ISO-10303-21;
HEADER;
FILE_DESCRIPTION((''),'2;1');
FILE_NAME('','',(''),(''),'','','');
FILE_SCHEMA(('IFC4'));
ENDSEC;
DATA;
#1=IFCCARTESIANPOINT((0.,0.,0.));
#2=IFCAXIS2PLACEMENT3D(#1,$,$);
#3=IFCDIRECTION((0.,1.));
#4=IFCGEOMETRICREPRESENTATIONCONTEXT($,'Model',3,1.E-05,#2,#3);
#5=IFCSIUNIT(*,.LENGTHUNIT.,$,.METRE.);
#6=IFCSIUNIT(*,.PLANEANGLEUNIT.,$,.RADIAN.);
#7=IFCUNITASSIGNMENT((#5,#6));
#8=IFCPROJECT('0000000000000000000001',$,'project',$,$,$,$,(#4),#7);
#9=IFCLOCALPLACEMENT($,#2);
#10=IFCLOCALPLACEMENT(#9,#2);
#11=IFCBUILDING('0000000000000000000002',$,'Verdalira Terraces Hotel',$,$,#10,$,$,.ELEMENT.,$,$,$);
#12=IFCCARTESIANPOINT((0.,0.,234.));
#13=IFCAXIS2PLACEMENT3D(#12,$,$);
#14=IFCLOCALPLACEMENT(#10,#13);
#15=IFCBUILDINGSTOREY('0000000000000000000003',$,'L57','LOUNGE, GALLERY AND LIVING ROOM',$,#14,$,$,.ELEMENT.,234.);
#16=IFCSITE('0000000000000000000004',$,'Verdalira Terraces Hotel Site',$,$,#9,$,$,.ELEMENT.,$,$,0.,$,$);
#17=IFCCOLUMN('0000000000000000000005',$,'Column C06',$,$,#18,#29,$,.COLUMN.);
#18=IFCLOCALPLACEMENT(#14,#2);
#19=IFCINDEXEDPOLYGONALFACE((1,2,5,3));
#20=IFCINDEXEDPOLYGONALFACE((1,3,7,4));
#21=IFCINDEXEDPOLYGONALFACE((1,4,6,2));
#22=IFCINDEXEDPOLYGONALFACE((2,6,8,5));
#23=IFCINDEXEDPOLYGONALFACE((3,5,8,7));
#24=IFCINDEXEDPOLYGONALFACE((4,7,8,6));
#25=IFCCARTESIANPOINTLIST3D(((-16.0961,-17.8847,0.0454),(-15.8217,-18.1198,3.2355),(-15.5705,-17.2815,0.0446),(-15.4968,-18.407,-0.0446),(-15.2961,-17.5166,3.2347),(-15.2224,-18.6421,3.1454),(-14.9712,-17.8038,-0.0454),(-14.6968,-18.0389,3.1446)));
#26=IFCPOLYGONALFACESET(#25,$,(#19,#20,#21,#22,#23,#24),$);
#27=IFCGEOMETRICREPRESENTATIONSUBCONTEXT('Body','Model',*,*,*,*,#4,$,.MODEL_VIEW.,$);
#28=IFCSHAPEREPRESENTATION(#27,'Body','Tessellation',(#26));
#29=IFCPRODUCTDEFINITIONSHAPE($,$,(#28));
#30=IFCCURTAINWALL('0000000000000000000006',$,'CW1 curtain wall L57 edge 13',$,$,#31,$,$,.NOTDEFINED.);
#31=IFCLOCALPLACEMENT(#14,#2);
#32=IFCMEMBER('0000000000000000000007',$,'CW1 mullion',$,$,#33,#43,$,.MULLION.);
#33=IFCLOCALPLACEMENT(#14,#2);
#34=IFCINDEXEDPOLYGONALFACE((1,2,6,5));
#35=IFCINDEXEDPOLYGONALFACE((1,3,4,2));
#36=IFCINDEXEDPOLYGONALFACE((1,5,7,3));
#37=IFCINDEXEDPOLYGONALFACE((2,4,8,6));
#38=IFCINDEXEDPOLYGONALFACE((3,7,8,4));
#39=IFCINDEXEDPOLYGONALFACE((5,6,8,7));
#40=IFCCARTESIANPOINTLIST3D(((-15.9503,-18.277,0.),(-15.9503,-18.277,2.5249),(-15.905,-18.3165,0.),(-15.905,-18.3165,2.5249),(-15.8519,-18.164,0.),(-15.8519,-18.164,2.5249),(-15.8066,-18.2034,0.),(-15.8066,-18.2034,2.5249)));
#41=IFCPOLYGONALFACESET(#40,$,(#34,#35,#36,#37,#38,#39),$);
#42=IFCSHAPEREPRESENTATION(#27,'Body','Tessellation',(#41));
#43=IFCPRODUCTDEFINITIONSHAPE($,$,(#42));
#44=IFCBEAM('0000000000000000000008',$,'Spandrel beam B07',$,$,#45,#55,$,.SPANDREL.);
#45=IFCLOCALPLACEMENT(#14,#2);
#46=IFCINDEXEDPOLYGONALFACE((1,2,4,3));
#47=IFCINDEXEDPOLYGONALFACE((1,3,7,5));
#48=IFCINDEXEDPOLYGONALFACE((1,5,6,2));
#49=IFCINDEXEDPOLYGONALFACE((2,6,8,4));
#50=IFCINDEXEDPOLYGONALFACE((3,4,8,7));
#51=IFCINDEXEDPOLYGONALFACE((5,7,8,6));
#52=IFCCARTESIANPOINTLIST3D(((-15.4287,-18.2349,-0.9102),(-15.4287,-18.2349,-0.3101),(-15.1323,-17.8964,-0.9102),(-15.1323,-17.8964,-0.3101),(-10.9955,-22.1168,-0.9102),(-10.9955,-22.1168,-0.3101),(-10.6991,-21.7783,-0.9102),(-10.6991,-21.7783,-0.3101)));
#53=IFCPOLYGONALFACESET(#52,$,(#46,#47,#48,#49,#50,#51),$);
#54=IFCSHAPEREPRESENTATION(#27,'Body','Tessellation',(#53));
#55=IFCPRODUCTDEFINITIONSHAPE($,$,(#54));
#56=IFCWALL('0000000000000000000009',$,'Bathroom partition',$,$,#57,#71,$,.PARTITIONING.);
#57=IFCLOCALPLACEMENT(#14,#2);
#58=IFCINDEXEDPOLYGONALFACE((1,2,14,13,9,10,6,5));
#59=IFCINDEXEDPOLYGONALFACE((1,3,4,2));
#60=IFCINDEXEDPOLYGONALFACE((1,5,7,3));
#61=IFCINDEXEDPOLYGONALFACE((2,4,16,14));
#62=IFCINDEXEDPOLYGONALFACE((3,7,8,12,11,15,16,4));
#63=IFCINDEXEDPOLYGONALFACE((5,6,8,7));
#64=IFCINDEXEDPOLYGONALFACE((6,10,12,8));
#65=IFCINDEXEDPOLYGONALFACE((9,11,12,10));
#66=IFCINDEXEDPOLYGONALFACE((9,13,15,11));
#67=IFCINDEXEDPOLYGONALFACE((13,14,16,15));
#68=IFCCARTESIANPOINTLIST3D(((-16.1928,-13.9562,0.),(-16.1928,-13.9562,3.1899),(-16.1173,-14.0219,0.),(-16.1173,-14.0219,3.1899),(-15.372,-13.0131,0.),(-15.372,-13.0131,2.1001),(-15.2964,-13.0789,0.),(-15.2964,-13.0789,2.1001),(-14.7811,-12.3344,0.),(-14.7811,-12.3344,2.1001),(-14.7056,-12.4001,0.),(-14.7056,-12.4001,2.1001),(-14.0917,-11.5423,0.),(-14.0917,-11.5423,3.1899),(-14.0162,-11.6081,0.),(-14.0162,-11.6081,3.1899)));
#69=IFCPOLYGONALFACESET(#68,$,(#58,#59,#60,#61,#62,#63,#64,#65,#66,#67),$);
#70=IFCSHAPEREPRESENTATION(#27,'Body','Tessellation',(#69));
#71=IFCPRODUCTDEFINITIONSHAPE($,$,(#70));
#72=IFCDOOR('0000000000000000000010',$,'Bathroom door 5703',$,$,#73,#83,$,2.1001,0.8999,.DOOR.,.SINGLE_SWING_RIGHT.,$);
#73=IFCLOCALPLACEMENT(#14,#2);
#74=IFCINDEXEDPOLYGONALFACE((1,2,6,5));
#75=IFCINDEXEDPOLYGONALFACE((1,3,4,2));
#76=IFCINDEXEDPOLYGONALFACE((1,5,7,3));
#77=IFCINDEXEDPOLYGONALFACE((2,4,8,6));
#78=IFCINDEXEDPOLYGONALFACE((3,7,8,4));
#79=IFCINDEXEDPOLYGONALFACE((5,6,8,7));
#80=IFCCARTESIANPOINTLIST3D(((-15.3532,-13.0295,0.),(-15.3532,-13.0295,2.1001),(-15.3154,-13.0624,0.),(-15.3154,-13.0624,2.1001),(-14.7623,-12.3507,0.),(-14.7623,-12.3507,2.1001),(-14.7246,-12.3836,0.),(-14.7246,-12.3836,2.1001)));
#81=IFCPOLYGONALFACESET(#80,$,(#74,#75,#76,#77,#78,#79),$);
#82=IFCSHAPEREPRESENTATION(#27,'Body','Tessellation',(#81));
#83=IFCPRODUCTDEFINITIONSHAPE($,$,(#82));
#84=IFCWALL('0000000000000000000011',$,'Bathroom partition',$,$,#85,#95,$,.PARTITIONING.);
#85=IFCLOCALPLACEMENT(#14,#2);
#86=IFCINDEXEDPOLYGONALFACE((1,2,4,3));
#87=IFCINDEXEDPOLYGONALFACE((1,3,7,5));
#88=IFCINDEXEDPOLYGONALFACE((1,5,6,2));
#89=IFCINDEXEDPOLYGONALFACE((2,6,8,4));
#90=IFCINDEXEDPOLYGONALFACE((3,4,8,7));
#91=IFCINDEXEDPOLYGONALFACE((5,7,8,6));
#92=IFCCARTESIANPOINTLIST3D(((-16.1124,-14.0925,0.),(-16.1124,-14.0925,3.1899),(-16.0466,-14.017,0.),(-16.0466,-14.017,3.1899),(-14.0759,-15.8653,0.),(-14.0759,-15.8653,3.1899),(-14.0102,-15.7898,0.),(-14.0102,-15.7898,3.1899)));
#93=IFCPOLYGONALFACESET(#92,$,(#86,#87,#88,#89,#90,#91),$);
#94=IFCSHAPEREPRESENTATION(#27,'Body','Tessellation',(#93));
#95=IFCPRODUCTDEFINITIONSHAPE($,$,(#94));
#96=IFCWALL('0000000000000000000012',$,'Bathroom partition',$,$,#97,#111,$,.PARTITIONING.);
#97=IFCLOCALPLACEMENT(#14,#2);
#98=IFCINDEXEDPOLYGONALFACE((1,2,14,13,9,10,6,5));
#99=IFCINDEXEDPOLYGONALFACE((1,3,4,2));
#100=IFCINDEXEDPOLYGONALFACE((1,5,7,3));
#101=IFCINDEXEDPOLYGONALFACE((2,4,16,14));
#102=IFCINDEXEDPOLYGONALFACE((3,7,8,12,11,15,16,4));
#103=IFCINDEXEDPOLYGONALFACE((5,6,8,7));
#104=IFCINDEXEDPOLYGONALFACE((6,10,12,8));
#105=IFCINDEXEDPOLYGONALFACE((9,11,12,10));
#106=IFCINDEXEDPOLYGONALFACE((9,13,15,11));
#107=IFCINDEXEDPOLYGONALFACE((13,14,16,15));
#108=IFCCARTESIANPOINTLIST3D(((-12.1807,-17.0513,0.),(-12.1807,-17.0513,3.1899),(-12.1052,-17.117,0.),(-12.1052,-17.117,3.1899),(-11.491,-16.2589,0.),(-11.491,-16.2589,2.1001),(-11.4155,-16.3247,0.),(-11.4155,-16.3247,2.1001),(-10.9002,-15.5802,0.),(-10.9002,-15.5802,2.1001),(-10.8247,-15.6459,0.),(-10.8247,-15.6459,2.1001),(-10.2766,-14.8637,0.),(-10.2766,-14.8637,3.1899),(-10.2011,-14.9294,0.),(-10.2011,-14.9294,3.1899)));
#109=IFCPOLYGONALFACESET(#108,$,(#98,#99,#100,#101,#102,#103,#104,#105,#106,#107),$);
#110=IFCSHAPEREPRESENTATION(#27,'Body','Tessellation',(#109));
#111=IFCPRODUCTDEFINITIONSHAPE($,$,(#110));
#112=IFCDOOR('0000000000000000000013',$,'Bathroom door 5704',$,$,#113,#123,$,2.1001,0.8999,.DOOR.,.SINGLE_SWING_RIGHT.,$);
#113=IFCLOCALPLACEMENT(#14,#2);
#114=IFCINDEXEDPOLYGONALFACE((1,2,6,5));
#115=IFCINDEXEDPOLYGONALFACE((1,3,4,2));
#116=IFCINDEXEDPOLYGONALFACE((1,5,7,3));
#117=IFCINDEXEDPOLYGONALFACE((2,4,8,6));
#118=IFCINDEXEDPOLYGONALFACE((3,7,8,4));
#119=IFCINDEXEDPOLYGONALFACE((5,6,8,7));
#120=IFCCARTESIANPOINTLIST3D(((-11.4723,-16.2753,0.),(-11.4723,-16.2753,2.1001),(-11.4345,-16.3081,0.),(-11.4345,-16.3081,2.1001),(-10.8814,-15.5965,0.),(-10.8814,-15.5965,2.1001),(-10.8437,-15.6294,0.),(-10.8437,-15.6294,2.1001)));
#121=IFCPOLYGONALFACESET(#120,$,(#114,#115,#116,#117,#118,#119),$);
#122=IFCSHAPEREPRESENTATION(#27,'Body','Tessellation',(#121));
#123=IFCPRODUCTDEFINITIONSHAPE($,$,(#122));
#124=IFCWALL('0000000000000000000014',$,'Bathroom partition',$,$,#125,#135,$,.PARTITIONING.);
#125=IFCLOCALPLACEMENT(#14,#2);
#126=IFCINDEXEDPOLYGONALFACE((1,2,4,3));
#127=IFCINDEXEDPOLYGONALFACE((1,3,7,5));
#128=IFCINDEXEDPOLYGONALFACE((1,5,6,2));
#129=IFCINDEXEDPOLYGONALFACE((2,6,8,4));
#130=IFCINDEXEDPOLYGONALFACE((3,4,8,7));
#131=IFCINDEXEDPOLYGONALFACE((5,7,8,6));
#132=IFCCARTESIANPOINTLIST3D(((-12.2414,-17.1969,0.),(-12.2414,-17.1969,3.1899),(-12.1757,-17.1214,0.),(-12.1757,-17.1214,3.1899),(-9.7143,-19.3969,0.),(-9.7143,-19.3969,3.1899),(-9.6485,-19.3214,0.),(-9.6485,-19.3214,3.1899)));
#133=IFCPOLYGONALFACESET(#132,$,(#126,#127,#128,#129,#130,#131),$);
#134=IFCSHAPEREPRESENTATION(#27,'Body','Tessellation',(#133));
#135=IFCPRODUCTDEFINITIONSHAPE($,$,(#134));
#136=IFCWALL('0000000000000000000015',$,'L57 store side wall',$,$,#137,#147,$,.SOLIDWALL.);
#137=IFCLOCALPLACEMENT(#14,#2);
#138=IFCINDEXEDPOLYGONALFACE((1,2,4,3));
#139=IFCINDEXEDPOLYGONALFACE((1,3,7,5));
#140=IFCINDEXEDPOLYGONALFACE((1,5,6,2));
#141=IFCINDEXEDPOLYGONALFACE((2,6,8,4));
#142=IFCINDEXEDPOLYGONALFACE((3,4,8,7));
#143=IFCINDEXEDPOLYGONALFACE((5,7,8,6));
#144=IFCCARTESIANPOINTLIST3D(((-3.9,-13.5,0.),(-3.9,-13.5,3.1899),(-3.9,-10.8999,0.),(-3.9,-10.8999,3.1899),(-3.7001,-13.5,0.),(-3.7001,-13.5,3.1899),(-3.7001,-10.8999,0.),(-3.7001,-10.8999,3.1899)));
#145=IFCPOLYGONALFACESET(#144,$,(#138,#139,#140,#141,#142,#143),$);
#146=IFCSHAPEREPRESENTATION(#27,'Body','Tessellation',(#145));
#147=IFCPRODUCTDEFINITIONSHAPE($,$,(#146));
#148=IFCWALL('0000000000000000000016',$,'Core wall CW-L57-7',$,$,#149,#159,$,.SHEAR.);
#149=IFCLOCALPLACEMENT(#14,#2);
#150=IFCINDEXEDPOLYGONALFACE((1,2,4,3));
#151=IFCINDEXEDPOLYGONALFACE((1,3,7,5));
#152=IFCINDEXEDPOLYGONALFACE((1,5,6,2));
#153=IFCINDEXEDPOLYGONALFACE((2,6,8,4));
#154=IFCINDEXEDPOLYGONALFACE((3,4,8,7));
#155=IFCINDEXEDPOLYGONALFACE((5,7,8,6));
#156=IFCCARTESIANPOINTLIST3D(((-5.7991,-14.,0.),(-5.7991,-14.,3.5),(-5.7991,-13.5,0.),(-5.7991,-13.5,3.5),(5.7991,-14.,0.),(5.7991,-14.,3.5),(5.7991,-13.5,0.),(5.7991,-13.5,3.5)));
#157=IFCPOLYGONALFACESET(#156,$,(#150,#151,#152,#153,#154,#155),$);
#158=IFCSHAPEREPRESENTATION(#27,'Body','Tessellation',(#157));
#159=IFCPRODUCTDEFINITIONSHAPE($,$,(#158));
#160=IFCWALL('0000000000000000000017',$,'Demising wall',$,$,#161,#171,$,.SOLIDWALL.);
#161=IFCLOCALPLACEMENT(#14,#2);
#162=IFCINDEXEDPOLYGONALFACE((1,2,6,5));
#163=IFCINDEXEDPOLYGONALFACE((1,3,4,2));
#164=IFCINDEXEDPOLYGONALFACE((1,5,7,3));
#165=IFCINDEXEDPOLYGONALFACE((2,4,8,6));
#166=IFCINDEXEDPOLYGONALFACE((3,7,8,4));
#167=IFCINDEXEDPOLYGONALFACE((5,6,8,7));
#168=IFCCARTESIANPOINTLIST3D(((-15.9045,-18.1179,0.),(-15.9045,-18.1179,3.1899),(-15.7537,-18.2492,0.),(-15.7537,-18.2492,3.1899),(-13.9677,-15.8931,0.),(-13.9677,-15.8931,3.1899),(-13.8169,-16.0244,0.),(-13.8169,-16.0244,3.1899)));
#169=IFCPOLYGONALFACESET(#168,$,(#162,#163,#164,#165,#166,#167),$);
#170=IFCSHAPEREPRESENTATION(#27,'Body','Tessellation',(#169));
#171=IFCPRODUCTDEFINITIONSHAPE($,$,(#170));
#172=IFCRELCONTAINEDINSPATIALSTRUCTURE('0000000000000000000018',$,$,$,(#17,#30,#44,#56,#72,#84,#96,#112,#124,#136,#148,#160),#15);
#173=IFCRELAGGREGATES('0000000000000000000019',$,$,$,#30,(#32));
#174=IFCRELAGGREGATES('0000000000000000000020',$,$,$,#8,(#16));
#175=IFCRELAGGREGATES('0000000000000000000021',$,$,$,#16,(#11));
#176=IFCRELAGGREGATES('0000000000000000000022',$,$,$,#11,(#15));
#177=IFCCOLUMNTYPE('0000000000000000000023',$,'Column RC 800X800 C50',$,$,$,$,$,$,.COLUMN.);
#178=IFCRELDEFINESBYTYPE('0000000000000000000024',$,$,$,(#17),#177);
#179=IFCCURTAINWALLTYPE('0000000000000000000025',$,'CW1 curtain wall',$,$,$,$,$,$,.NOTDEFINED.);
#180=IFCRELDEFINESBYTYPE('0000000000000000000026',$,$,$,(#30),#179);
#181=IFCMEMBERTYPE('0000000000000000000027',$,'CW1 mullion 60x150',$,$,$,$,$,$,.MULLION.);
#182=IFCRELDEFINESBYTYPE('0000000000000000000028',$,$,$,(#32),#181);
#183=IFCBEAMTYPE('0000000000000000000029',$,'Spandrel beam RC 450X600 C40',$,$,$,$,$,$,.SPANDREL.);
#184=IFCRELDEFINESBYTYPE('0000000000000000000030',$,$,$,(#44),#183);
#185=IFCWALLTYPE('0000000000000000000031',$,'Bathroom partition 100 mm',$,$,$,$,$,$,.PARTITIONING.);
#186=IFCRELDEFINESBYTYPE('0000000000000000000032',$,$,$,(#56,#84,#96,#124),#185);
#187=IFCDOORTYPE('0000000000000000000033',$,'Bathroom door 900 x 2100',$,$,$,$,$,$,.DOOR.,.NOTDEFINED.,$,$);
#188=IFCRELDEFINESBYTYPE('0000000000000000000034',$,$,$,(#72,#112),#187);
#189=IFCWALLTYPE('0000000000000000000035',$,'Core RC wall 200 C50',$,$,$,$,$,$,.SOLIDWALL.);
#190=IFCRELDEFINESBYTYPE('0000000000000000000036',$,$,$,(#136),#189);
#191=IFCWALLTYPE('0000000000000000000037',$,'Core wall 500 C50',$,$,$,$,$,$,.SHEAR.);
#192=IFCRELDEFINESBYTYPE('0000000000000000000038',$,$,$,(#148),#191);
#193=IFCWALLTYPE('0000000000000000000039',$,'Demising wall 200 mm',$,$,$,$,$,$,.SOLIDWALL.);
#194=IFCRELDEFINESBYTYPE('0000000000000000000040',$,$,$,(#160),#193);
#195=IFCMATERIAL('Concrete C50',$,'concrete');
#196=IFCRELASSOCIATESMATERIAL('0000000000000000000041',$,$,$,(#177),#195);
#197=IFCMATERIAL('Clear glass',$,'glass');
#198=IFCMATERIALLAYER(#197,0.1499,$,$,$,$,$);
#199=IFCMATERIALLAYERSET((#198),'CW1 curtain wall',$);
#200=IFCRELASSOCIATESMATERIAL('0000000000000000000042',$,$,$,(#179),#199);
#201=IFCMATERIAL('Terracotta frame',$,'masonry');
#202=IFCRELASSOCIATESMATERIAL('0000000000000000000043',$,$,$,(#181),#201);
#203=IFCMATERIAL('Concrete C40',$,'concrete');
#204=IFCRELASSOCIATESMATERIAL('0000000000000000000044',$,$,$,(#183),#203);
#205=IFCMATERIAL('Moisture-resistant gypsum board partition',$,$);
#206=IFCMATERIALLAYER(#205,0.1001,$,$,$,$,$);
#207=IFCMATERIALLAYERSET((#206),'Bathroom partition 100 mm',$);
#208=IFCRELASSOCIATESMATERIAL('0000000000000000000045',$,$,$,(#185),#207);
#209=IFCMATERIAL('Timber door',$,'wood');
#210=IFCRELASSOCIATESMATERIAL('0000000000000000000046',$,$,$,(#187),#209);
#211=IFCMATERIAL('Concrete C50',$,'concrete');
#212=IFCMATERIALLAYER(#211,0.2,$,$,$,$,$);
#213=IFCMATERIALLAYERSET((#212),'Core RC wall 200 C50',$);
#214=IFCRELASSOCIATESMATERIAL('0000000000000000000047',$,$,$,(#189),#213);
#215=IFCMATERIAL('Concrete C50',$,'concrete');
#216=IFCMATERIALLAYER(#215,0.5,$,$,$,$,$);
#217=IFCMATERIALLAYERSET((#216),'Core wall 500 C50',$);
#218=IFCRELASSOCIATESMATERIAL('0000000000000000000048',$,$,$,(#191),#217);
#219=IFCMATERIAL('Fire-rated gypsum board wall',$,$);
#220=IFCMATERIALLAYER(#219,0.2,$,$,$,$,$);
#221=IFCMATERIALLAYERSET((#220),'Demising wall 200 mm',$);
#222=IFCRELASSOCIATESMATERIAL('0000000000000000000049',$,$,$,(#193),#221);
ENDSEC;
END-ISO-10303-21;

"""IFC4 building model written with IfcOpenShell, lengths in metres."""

from ifc_helpers import new_model, si_unit, direction, frame, frame_2d, origin, origin_2d, place, context, subcontext, project, spatial, rectangle, extrude, material, layer, layer_set, material_profile, profile_set, type_object, element, fill, aggregate, save


model = new_model("IFC4")

# Units and contexts
model_context = context("Model", 3, precision=1e-05, world=origin(), true_north=direction((0.0, 1.0)))
body_context = subcontext(model_context, "Body", "Model", "MODEL_VIEW")
ifc_project = project(units=[si_unit("LENGTHUNIT", "METRE"), si_unit("PLANEANGLEUNIT", "RADIAN")], contexts=[model_context])

# Site, building, storey
site_placement = place(None, origin())
site = spatial("IfcSite", under=ifc_project, at=site_placement, Name="Verdalira Terraces Hotel Site", CompositionType="ELEMENT", RefElevation=0.0)
building_placement = place(site_placement, origin())
building = spatial("IfcBuilding", under=site, at=building_placement, Name="Verdalira Terraces Hotel", CompositionType="ELEMENT")
storey_placement = place(building_placement, frame((0.0, 0.0, 234.0)))
storey = spatial("IfcBuildingStorey", under=building, at=storey_placement, Name="L57", Description="LOUNGE, GALLERY AND LIVING ROOM", CompositionType="ELEMENT", Elevation=234.0)

# Column
ifc_material_1 = material(Name="Concrete C50", Category="concrete")
ifc_material_profile_1 = material_profile(ifc_material_1, rectangle(XDim=0.8, YDim=0.8, at=origin_2d()), Name="RC 800X800")
ifc_profile_set_1 = profile_set([ifc_material_profile_1], Name="Concrete C50")
column_type = type_object("IfcColumnType", Name="Column RC 800X800 C50", PredefinedType="COLUMN", material=ifc_profile_set_1)
column_placement = place(storey_placement, frame((-15.5337, -17.8442, 0.0), z_axis=(0.085478, -0.073234, 0.993645), x_axis=(0.749061, -0.65287, -0.112556)))
element("IfcColumn", 1, at=column_placement, inside=storey, type_object=column_type, Name="Column C06", PredefinedType="COLUMN", context=body_context, shape_type="SweptSolid", body=[
    extrude(rectangle(XDim=0.8, YDim=0.8, at=origin_2d()), origin(), (0.0, 0.0, 1.0), 3.2104),
])

# Curtain wall, member
ifc_material_2 = material(Name="Clear glass", Category="glass")
ifc_layer_1 = layer(ifc_material_2, 0.1499)
ifc_layer_set_1 = layer_set([ifc_layer_1], Name="CW1 curtain wall")
curtain_wall_type = type_object("IfcCurtainWallType", Name="CW1 curtain wall", PredefinedType="NOTDEFINED", material=ifc_layer_set_1)
curtain_wall_placement = place(storey_placement, origin())
curtain_wall = element("IfcCurtainWall", 2, at=curtain_wall_placement, inside=storey, type_object=curtain_wall_type, Name="CW1 curtain wall L57 edge 13", PredefinedType="NOTDEFINED")
ifc_material_3 = material(Name="Terracotta frame", Category="masonry")
ifc_material_profile_2 = material_profile(ifc_material_3, rectangle(XDim=0.0601, YDim=0.1499, at=origin_2d()), Name="MU 60x150")
ifc_profile_set_2 = profile_set([ifc_material_profile_2], Name="Terracotta frame")
member_type = type_object("IfcMemberType", Name="CW1 mullion 60x150", PredefinedType="MULLION", material=ifc_profile_set_2)
member_placement = place(storey_placement, frame((-15.8784, -18.2402, 0.0), z_axis=(0.0, 0.0, 1.0), x_axis=(0.754251, -0.656586, 0.0)))
member = element("IfcMember", 3, at=member_placement, type_object=member_type, Name="CW1 mullion", PredefinedType="MULLION", context=body_context, shape_type="SweptSolid", body=[
    extrude(rectangle(XDim=0.0601, YDim=0.1499, at=origin_2d()), origin(), (0.0, 0.0, 1.0), 2.5249),
])
aggregate(curtain_wall, [member])

# Beam
ifc_material_4 = material(Name="Concrete C40", Category="concrete")
ifc_material_profile_3 = material_profile(ifc_material_4, rectangle(XDim=0.45, YDim=0.6001, at=origin_2d()), Name="RC 450X600")
ifc_profile_set_3 = profile_set([ifc_material_profile_3], Name="Concrete C40")
beam_type = type_object("IfcBeamType", Name="Spandrel beam RC 450X600 C40", PredefinedType="SPANDREL", material=ifc_profile_set_3)
beam_placement = place(storey_placement, frame((-15.2805, -18.0657, -0.6101), z_axis=(0.752335, -0.65878, 0.0), x_axis=(0.65878, 0.752335, 0.0)))
element("IfcBeam", 4, at=beam_placement, inside=storey, type_object=beam_type, Name="Spandrel beam B07", PredefinedType="SPANDREL", context=body_context, shape_type="SweptSolid", body=[
    extrude(rectangle(XDim=0.45, YDim=0.6001, at=origin_2d()), origin(), (0.0, 0.0, 1.0), 5.8926),
])

# Wall, opening, door
ifc_material_5 = material(Name="Moisture-resistant gypsum board partition")
ifc_layer_2 = layer(ifc_material_5, 0.1001)
ifc_layer_set_2 = layer_set([ifc_layer_2], Name="Bathroom partition 100 mm")
wall_type_1 = type_object("IfcWallType", Name="Bathroom partition 100 mm", PredefinedType="PARTITIONING", material=ifc_layer_set_2)
wall_1_placement = place(storey_placement, frame((-14.054, -11.5752, 0.0), z_axis=(0.0, 0.0, 1.0), x_axis=(-0.656553, -0.75428, 0.0)))
wall_1 = element("IfcWall", 5, at=wall_1_placement, inside=storey, type_object=wall_type_1, Name="Bathroom partition", PredefinedType="PARTITIONING", context=body_context, shape_type="SweptSolid", body=[
    extrude(rectangle(XDim=3.2002, YDim=0.1001, at=frame_2d((1.6001, 0.0))), origin(), (0.0, 0.0, 1.0), 3.1899),
])
opening_1_placement = place(wall_1_placement, frame((1.05, 0.0, 0.0)))
opening_1 = element("IfcOpeningElement", 6, at=opening_1_placement, cuts=wall_1, PredefinedType="OPENING", context=body_context, shape_type="SweptSolid", body=[
    extrude(rectangle(XDim=0.8999, YDim=2.1001, at=frame_2d((0.45, 1.05))), frame((0.0, 0.0601, 0.0), z_axis=(0.0, -1.0, 0.0), x_axis=(1.0, 0.0, 0.0)), (0.0, 0.0, 1.0), 0.1201),
])
ifc_material_6 = material(Name="Timber door", Category="wood")
door_type_1 = type_object("IfcDoorType", Name="Bathroom door 900 x 2100", OperationType="NOTDEFINED", PredefinedType="DOOR", material=ifc_material_6)
door_1_placement = place(opening_1_placement, origin())
door_1 = element("IfcDoor", 7, at=door_1_placement, inside=storey, type_object=door_type_1, Name="Bathroom door 5703", OperationType="SINGLE_SWING_RIGHT", OverallHeight=2.1001, OverallWidth=0.8999, PredefinedType="DOOR", context=body_context, shape_type="SweptSolid", body=[
    extrude(rectangle(XDim=0.8999, YDim=2.1001, at=frame_2d((0.45, 1.05))), frame((0.0, 0.0249, 0.0), z_axis=(0.0, -1.0, 0.0), x_axis=(1.0, 0.0, 0.0)), (0.0, 0.0, 1.0), 0.05),
])
fill(opening_1, door_1)

# Wall
wall_2_placement = place(storey_placement, frame((-16.0796, -14.0547, 0.0), z_axis=(0.0, 0.0, 1.0), x_axis=(0.754249, -0.656588, 0.0)))
element("IfcWall", 8, at=wall_2_placement, inside=storey, type_object=wall_type_1, Name="Bathroom partition", PredefinedType="PARTITIONING", context=body_context, shape_type="SweptSolid", body=[
    extrude(rectangle(XDim=2.7, YDim=0.1001, at=frame_2d((1.3501, 0.0))), origin(), (0.0, 0.0, 1.0), 3.1899),
])

# Wall, opening, door
wall_3_placement = place(storey_placement, frame((-10.2388, -14.8965, 0.0), z_axis=(0.0, 0.0, 1.0), x_axis=(-0.656548, -0.754285, 0.0)))
wall_3 = element("IfcWall", 9, at=wall_3_placement, inside=storey, type_object=wall_type_1, Name="Bathroom partition", PredefinedType="PARTITIONING", context=body_context, shape_type="SweptSolid", body=[
    extrude(rectangle(XDim=2.9001, YDim=0.1001, at=frame_2d((1.4502, 0.0))), origin(), (0.0, 0.0, 1.0), 3.1899),
])
opening_2_placement = place(wall_3_placement, frame((0.95, 0.0, 0.0)))
opening_2 = element("IfcOpeningElement", 10, at=opening_2_placement, cuts=wall_3, PredefinedType="OPENING", context=body_context, shape_type="SweptSolid", body=[
    extrude(rectangle(XDim=0.8999, YDim=2.1001, at=frame_2d((0.45, 1.05))), frame((0.0, 0.0601, 0.0), z_axis=(0.0, -1.0, 0.0), x_axis=(1.0, 0.0, 0.0)), (0.0, 0.0, 1.0), 0.1201),
])
door_2_placement = place(opening_2_placement, origin())
door_2 = element("IfcDoor", 11, at=door_2_placement, inside=storey, type_object=door_type_1, Name="Bathroom door 5704", OperationType="SINGLE_SWING_RIGHT", OverallHeight=2.1001, OverallWidth=0.8999, PredefinedType="DOOR", context=body_context, shape_type="SweptSolid", body=[
    extrude(rectangle(XDim=0.8999, YDim=2.1001, at=frame_2d((0.45, 1.05))), frame((0.0, 0.0249, 0.0), z_axis=(0.0, -1.0, 0.0), x_axis=(1.0, 0.0, 0.0)), (0.0, 0.0, 1.0), 0.05),
])
fill(opening_2, door_2)

# Walls
wall_4_placement = place(storey_placement, frame((-9.6814, -19.3591, 0.0), z_axis=(0.0, 0.0, 1.0), x_axis=(-0.75424, 0.656599, 0.0)))
element("IfcWall", 12, at=wall_4_placement, inside=storey, type_object=wall_type_1, Name="Bathroom partition", PredefinedType="PARTITIONING", context=body_context, shape_type="SweptSolid", body=[
    extrude(rectangle(XDim=3.3506, YDim=0.1001, at=frame_2d((1.6753, 0.0))), origin(), (0.0, 0.0, 1.0), 3.1899),
])
ifc_material_7 = material(Name="Concrete C50", Category="concrete")
ifc_layer_3 = layer(ifc_material_7, 0.2)
ifc_layer_set_3 = layer_set([ifc_layer_3], Name="Core RC wall 200 C50")
wall_type_2 = type_object("IfcWallType", Name="Core RC wall 200 C50", PredefinedType="SOLIDWALL", material=ifc_layer_set_3)
wall_5_placement = place(storey_placement, frame((-3.8, -10.8999, 0.0), z_axis=(0.0, 0.0, 1.0), x_axis=(0.0, -1.0, 0.0)))
element("IfcWall", 13, at=wall_5_placement, inside=storey, type_object=wall_type_2, Name="L57 store side wall", PredefinedType="SOLIDWALL", context=body_context, shape_type="SweptSolid", body=[
    extrude(rectangle(XDim=2.6001, YDim=0.2, at=frame_2d((1.3, 0.0))), origin(), (0.0, 0.0, 1.0), 3.1899),
])
ifc_material_8 = material(Name="Concrete C50", Category="concrete")
ifc_layer_4 = layer(ifc_material_8, 0.5)
ifc_layer_set_4 = layer_set([ifc_layer_4], Name="Core wall 500 C50")
wall_type_3 = type_object("IfcWallType", Name="Core wall 500 C50", PredefinedType="SHEAR", material=ifc_layer_set_4)
wall_6_placement = place(storey_placement, frame((-5.7991, -13.75, 0.0), z_axis=(0.0, 0.0, 1.0), x_axis=(1.0, 0.0, 0.0)))
element("IfcWall", 14, at=wall_6_placement, inside=storey, type_object=wall_type_3, Name="Core wall CW-L57-7", PredefinedType="SHEAR", context=body_context, shape_type="SweptSolid", body=[
    extrude(rectangle(XDim=11.5981, YDim=0.5, at=frame_2d((5.7991, 0.0))), origin(), (0.0, 0.0, 1.0), 3.5),
])
ifc_material_9 = material(Name="Fire-rated gypsum board wall")
ifc_layer_5 = layer(ifc_material_9, 0.2)
ifc_layer_set_5 = layer_set([ifc_layer_5], Name="Demising wall 200 mm")
wall_type_4 = type_object("IfcWallType", Name="Demising wall 200 mm", PredefinedType="SOLIDWALL", material=ifc_layer_set_5)
wall_7_placement = place(storey_placement, frame((-13.8923, -15.9587, 0.0), z_axis=(0.0, 0.0, 1.0), x_axis=(-0.656586, -0.754251, 0.0)))
element("IfcWall", 15, at=wall_7_placement, inside=storey, type_object=wall_type_4, Name="Demising wall", PredefinedType="SOLIDWALL", context=body_context, shape_type="SweptSolid", body=[
    extrude(rectangle(XDim=2.9497, YDim=0.2, at=frame_2d((1.4749, 0.0))), origin(), (0.0, 0.0, 1.0), 3.1899),
])

save(model, "model.ifc")
